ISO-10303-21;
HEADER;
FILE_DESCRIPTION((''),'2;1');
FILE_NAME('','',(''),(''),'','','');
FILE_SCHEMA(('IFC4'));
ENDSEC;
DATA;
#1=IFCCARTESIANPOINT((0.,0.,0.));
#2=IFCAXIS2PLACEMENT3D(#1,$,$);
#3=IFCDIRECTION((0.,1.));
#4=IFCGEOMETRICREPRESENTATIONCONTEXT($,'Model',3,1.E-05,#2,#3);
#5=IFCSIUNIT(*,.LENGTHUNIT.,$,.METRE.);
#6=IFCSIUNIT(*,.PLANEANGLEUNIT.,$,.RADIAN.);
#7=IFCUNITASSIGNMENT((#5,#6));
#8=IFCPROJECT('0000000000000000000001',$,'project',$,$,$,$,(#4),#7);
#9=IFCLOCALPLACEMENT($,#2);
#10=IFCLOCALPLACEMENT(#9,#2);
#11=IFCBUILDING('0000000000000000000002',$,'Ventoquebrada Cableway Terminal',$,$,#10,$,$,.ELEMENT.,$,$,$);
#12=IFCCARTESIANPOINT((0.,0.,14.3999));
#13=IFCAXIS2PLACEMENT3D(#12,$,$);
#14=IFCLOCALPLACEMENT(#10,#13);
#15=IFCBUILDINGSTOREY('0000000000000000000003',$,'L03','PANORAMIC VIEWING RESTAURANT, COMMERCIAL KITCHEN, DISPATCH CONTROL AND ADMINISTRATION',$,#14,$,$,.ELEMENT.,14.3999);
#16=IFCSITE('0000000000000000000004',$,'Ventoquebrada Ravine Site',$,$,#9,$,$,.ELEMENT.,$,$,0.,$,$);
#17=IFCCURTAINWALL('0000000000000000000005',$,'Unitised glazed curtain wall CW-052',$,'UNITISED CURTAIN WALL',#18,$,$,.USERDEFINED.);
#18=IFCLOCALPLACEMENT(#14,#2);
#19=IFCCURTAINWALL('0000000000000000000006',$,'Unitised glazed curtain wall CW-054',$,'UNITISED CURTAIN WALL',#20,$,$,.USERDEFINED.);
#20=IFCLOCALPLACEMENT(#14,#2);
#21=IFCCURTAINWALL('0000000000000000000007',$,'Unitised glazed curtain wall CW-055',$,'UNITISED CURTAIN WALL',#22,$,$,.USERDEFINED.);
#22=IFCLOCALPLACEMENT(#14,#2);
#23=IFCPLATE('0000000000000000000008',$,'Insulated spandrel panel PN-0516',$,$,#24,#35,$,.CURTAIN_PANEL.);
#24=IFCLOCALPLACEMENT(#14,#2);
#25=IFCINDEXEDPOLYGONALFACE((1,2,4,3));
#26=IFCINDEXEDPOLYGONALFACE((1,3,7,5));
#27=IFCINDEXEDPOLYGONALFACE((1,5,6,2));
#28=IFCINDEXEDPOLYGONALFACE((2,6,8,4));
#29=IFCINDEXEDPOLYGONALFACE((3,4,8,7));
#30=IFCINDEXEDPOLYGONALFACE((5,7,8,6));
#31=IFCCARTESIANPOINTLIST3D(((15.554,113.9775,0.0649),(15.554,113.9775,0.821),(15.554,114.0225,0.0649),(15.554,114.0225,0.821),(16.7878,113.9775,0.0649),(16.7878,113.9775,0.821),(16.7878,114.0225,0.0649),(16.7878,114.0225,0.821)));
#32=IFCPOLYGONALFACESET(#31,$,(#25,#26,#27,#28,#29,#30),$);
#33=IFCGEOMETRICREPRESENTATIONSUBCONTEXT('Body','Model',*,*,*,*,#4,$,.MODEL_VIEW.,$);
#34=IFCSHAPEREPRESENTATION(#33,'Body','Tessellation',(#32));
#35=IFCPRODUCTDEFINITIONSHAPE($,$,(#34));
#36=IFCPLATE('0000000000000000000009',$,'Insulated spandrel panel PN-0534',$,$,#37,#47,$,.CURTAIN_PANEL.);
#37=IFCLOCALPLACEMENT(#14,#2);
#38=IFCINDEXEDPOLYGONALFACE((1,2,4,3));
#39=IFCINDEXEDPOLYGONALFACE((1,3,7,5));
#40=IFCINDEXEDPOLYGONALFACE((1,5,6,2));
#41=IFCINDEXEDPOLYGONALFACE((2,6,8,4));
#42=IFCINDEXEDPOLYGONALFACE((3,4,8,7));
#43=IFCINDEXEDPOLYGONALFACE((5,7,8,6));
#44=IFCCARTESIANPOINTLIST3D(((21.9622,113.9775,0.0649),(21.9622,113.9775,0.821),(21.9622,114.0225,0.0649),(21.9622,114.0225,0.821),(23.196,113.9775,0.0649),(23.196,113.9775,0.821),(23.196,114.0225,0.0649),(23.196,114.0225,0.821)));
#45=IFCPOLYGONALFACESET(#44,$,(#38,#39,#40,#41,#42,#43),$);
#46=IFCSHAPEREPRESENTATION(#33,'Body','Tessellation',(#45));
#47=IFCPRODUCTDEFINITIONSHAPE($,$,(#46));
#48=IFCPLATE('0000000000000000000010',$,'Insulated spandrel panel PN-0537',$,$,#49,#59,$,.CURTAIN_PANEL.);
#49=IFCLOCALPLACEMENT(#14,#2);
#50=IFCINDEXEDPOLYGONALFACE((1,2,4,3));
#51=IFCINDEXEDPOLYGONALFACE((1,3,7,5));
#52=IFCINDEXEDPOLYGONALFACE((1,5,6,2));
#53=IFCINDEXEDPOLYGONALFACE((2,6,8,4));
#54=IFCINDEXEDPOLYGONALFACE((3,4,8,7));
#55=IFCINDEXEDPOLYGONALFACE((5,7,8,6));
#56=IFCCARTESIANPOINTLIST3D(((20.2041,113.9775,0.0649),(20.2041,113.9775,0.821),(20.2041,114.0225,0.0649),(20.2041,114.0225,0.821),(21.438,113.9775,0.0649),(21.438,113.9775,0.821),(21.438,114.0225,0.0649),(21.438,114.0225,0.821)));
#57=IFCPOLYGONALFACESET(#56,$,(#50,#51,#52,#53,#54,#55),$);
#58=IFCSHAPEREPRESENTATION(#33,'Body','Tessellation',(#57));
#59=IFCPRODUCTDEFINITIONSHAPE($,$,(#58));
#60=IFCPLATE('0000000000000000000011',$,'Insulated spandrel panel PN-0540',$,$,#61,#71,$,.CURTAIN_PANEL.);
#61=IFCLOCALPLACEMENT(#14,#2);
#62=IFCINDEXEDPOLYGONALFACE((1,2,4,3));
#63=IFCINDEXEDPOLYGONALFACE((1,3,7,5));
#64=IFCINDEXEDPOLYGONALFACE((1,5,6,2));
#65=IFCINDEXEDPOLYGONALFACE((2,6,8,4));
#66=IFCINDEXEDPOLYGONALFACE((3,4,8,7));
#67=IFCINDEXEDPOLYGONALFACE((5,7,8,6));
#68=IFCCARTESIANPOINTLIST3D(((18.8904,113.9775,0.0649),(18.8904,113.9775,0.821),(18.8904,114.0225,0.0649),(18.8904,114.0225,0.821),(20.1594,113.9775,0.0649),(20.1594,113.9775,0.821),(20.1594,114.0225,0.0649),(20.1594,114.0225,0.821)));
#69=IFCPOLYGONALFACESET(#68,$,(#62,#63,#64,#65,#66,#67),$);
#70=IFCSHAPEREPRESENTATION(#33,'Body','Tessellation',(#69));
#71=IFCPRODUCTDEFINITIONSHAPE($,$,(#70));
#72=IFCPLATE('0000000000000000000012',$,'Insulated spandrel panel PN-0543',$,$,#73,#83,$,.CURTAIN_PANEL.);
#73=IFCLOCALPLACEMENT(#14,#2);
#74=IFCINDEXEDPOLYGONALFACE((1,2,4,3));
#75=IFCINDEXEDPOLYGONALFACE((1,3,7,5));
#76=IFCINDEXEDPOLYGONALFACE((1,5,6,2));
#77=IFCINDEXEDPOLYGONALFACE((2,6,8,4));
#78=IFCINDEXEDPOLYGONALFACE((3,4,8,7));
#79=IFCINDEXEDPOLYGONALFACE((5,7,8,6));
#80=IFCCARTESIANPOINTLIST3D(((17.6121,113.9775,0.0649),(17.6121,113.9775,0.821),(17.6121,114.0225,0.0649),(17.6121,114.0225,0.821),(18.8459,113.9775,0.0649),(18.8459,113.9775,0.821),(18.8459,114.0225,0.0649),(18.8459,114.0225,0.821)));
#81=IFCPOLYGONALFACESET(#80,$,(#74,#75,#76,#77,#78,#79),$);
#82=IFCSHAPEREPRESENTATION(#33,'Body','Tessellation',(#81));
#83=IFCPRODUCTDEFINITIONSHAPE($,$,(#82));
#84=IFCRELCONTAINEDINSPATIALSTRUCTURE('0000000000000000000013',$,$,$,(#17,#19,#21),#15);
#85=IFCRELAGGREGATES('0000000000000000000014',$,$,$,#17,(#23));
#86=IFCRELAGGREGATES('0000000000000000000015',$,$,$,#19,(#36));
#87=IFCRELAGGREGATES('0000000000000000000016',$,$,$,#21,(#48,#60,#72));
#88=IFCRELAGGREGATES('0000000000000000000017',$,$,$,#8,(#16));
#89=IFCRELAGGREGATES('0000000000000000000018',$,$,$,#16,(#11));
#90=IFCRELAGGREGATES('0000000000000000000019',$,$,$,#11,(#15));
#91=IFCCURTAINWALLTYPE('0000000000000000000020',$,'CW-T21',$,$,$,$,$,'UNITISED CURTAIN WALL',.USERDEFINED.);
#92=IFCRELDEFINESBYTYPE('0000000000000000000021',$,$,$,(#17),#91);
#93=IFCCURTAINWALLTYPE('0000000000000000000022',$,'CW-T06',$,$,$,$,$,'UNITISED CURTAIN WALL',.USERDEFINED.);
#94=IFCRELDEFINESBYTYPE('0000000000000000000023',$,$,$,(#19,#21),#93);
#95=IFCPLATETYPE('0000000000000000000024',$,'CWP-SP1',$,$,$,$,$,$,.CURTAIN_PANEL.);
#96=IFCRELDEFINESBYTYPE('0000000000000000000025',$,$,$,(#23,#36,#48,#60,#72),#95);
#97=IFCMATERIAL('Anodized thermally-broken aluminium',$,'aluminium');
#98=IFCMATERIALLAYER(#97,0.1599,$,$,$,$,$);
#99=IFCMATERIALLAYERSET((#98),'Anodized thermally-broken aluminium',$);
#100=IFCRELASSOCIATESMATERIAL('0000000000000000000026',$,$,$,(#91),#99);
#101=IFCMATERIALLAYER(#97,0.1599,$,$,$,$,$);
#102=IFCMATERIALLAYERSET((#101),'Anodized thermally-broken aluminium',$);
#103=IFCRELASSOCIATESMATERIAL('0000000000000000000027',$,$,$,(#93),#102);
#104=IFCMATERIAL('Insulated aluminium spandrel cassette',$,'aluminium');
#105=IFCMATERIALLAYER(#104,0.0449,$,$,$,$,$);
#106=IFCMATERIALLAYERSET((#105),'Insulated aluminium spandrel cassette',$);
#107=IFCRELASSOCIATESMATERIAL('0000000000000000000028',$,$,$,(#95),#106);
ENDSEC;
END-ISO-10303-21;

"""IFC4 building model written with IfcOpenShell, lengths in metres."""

from ifc_helpers import new_model, si_unit, direction, frame, origin, origin_2d, place, context, subcontext, project, spatial, rectangle, extrude, material, layer, layer_set, type_object, element, aggregate, save


model = new_model("IFC4")

# Units and contexts
model_context = context("Model", 3, precision=1e-05, world=origin(), true_north=direction((0.0, 1.0)))
body_context = subcontext(model_context, "Body", "Model", "MODEL_VIEW")
ifc_project = project(units=[si_unit("LENGTHUNIT", "METRE"), si_unit("PLANEANGLEUNIT", "RADIAN")], contexts=[model_context])

# Site, building, storey
site_placement = place(None, origin())
site = spatial("IfcSite", under=ifc_project, at=site_placement, Name="Ventoquebrada Ravine Site", CompositionType="ELEMENT", RefElevation=0.0)
building_placement = place(site_placement, origin())
building = spatial("IfcBuilding", under=site, at=building_placement, Name="Ventoquebrada Cableway Terminal", CompositionType="ELEMENT")
storey_placement = place(building_placement, frame((0.0, 0.0, 14.3999)))
storey = spatial("IfcBuildingStorey", under=building, at=storey_placement, Name="L03", Description="PANORAMIC VIEWING RESTAURANT, COMMERCIAL KITCHEN, DISPATCH CONTROL AND ADMINISTRATION", CompositionType="ELEMENT", Elevation=14.3999)

# Curtain wall
ifc_material_1 = material(Name="Anodized thermally-broken aluminium", Category="aluminium")
ifc_layer_1 = layer(ifc_material_1, 0.1599)
ifc_layer_set_1 = layer_set([ifc_layer_1], Name="Anodized thermally-broken aluminium")
curtain_wall_type_1 = type_object("IfcCurtainWallType", Name="CW-T21", ElementType="UNITISED CURTAIN WALL", PredefinedType="USERDEFINED", material=ifc_layer_set_1)
curtain_wall_1_placement = place(storey_placement, origin())
curtain_wall_1 = element("IfcCurtainWall", 1, at=curtain_wall_1_placement, inside=storey, type_object=curtain_wall_type_1, Name="Unitised glazed curtain wall CW-052", ObjectType="UNITISED CURTAIN WALL", PredefinedType="USERDEFINED")

# Curtain wall
ifc_layer_2 = layer(ifc_material_1, 0.1599)
ifc_layer_set_2 = layer_set([ifc_layer_2], Name="Anodized thermally-broken aluminium")
curtain_wall_type_2 = type_object("IfcCurtainWallType", Name="CW-T06", ElementType="UNITISED CURTAIN WALL", PredefinedType="USERDEFINED", material=ifc_layer_set_2)
curtain_wall_2_placement = place(storey_placement, origin())
curtain_wall_2 = element("IfcCurtainWall", 2, at=curtain_wall_2_placement, inside=storey, type_object=curtain_wall_type_2, Name="Unitised glazed curtain wall CW-054", ObjectType="UNITISED CURTAIN WALL", PredefinedType="USERDEFINED")

# Curtain wall
curtain_wall_3_placement = place(storey_placement, origin())
curtain_wall_3 = element("IfcCurtainWall", 3, at=curtain_wall_3_placement, inside=storey, type_object=curtain_wall_type_2, Name="Unitised glazed curtain wall CW-055", ObjectType="UNITISED CURTAIN WALL", PredefinedType="USERDEFINED")

# Plates
ifc_material_2 = material(Name="Insulated aluminium spandrel cassette", Category="aluminium")
ifc_layer_3 = layer(ifc_material_2, 0.0449)
ifc_layer_set_3 = layer_set([ifc_layer_3], Name="Insulated aluminium spandrel cassette")
plate_type_1 = type_object("IfcPlateType", Name="CWP-SP1", PredefinedType="CURTAIN_PANEL", material=ifc_layer_set_3)
plate_1_placement = place(storey_placement, frame((16.1709, 114.0, 0.0649), z_axis=(0.0, 0.0, 1.0), x_axis=(-1.0, 0.0, 0.0)))
plate_1 = element("IfcPlate", 4, at=plate_1_placement, type_object=plate_type_1, Name="Insulated spandrel panel PN-0516", PredefinedType="CURTAIN_PANEL", context=body_context, shape_type="SweptSolid", body=[
    extrude(rectangle(XDim=1.2339, YDim=0.0449, at=origin_2d()), origin(), (0.0, 0.0, 1.0), 0.7561),
])
aggregate(curtain_wall_1, [plate_1])
plate_2_placement = place(storey_placement, frame((22.5791, 114.0, 0.0649), z_axis=(0.0, 0.0, 1.0), x_axis=(-1.0, 0.0, 0.0)))
plate_2 = element("IfcPlate", 5, at=plate_2_placement, type_object=plate_type_1, Name="Insulated spandrel panel PN-0534", PredefinedType="CURTAIN_PANEL", context=body_context, shape_type="SweptSolid", body=[
    extrude(rectangle(XDim=1.2339, YDim=0.0449, at=origin_2d()), origin(), (0.0, 0.0, 1.0), 0.7561),
])
aggregate(curtain_wall_2, [plate_2])
plate_3_placement = place(storey_placement, frame((20.821, 114.0, 0.0649), z_axis=(0.0, 0.0, 1.0), x_axis=(-1.0, 0.0, 0.0)))
plate_3 = element("IfcPlate", 6, at=plate_3_placement, type_object=plate_type_1, Name="Insulated spandrel panel PN-0537", PredefinedType="CURTAIN_PANEL", context=body_context, shape_type="SweptSolid", body=[
    extrude(rectangle(XDim=1.2339, YDim=0.0449, at=origin_2d()), origin(), (0.0, 0.0, 1.0), 0.7561),
])
plate_4_placement = place(storey_placement, frame((19.5249, 114.0, 0.0649), z_axis=(0.0, 0.0, 1.0), x_axis=(-1.0, 0.0, 0.0)))
plate_4 = element("IfcPlate", 7, at=plate_4_placement, type_object=plate_type_1, Name="Insulated spandrel panel PN-0540", PredefinedType="CURTAIN_PANEL", context=body_context, shape_type="SweptSolid", body=[
    extrude(rectangle(XDim=1.269, YDim=0.0449, at=origin_2d()), origin(), (0.0, 0.0, 1.0), 0.7561),
])
plate_5_placement = place(storey_placement, frame((18.229, 114.0, 0.0649), z_axis=(0.0, 0.0, 1.0), x_axis=(-1.0, 0.0, 0.0)))
plate_5 = element("IfcPlate", 8, at=plate_5_placement, type_object=plate_type_1, Name="Insulated spandrel panel PN-0543", PredefinedType="CURTAIN_PANEL", context=body_context, shape_type="SweptSolid", body=[
    extrude(rectangle(XDim=1.2339, YDim=0.0449, at=origin_2d()), origin(), (0.0, 0.0, 1.0), 0.7561),
])
aggregate(curtain_wall_3, [plate_3, plate_4, plate_5])

save(model, "model.ifc")
